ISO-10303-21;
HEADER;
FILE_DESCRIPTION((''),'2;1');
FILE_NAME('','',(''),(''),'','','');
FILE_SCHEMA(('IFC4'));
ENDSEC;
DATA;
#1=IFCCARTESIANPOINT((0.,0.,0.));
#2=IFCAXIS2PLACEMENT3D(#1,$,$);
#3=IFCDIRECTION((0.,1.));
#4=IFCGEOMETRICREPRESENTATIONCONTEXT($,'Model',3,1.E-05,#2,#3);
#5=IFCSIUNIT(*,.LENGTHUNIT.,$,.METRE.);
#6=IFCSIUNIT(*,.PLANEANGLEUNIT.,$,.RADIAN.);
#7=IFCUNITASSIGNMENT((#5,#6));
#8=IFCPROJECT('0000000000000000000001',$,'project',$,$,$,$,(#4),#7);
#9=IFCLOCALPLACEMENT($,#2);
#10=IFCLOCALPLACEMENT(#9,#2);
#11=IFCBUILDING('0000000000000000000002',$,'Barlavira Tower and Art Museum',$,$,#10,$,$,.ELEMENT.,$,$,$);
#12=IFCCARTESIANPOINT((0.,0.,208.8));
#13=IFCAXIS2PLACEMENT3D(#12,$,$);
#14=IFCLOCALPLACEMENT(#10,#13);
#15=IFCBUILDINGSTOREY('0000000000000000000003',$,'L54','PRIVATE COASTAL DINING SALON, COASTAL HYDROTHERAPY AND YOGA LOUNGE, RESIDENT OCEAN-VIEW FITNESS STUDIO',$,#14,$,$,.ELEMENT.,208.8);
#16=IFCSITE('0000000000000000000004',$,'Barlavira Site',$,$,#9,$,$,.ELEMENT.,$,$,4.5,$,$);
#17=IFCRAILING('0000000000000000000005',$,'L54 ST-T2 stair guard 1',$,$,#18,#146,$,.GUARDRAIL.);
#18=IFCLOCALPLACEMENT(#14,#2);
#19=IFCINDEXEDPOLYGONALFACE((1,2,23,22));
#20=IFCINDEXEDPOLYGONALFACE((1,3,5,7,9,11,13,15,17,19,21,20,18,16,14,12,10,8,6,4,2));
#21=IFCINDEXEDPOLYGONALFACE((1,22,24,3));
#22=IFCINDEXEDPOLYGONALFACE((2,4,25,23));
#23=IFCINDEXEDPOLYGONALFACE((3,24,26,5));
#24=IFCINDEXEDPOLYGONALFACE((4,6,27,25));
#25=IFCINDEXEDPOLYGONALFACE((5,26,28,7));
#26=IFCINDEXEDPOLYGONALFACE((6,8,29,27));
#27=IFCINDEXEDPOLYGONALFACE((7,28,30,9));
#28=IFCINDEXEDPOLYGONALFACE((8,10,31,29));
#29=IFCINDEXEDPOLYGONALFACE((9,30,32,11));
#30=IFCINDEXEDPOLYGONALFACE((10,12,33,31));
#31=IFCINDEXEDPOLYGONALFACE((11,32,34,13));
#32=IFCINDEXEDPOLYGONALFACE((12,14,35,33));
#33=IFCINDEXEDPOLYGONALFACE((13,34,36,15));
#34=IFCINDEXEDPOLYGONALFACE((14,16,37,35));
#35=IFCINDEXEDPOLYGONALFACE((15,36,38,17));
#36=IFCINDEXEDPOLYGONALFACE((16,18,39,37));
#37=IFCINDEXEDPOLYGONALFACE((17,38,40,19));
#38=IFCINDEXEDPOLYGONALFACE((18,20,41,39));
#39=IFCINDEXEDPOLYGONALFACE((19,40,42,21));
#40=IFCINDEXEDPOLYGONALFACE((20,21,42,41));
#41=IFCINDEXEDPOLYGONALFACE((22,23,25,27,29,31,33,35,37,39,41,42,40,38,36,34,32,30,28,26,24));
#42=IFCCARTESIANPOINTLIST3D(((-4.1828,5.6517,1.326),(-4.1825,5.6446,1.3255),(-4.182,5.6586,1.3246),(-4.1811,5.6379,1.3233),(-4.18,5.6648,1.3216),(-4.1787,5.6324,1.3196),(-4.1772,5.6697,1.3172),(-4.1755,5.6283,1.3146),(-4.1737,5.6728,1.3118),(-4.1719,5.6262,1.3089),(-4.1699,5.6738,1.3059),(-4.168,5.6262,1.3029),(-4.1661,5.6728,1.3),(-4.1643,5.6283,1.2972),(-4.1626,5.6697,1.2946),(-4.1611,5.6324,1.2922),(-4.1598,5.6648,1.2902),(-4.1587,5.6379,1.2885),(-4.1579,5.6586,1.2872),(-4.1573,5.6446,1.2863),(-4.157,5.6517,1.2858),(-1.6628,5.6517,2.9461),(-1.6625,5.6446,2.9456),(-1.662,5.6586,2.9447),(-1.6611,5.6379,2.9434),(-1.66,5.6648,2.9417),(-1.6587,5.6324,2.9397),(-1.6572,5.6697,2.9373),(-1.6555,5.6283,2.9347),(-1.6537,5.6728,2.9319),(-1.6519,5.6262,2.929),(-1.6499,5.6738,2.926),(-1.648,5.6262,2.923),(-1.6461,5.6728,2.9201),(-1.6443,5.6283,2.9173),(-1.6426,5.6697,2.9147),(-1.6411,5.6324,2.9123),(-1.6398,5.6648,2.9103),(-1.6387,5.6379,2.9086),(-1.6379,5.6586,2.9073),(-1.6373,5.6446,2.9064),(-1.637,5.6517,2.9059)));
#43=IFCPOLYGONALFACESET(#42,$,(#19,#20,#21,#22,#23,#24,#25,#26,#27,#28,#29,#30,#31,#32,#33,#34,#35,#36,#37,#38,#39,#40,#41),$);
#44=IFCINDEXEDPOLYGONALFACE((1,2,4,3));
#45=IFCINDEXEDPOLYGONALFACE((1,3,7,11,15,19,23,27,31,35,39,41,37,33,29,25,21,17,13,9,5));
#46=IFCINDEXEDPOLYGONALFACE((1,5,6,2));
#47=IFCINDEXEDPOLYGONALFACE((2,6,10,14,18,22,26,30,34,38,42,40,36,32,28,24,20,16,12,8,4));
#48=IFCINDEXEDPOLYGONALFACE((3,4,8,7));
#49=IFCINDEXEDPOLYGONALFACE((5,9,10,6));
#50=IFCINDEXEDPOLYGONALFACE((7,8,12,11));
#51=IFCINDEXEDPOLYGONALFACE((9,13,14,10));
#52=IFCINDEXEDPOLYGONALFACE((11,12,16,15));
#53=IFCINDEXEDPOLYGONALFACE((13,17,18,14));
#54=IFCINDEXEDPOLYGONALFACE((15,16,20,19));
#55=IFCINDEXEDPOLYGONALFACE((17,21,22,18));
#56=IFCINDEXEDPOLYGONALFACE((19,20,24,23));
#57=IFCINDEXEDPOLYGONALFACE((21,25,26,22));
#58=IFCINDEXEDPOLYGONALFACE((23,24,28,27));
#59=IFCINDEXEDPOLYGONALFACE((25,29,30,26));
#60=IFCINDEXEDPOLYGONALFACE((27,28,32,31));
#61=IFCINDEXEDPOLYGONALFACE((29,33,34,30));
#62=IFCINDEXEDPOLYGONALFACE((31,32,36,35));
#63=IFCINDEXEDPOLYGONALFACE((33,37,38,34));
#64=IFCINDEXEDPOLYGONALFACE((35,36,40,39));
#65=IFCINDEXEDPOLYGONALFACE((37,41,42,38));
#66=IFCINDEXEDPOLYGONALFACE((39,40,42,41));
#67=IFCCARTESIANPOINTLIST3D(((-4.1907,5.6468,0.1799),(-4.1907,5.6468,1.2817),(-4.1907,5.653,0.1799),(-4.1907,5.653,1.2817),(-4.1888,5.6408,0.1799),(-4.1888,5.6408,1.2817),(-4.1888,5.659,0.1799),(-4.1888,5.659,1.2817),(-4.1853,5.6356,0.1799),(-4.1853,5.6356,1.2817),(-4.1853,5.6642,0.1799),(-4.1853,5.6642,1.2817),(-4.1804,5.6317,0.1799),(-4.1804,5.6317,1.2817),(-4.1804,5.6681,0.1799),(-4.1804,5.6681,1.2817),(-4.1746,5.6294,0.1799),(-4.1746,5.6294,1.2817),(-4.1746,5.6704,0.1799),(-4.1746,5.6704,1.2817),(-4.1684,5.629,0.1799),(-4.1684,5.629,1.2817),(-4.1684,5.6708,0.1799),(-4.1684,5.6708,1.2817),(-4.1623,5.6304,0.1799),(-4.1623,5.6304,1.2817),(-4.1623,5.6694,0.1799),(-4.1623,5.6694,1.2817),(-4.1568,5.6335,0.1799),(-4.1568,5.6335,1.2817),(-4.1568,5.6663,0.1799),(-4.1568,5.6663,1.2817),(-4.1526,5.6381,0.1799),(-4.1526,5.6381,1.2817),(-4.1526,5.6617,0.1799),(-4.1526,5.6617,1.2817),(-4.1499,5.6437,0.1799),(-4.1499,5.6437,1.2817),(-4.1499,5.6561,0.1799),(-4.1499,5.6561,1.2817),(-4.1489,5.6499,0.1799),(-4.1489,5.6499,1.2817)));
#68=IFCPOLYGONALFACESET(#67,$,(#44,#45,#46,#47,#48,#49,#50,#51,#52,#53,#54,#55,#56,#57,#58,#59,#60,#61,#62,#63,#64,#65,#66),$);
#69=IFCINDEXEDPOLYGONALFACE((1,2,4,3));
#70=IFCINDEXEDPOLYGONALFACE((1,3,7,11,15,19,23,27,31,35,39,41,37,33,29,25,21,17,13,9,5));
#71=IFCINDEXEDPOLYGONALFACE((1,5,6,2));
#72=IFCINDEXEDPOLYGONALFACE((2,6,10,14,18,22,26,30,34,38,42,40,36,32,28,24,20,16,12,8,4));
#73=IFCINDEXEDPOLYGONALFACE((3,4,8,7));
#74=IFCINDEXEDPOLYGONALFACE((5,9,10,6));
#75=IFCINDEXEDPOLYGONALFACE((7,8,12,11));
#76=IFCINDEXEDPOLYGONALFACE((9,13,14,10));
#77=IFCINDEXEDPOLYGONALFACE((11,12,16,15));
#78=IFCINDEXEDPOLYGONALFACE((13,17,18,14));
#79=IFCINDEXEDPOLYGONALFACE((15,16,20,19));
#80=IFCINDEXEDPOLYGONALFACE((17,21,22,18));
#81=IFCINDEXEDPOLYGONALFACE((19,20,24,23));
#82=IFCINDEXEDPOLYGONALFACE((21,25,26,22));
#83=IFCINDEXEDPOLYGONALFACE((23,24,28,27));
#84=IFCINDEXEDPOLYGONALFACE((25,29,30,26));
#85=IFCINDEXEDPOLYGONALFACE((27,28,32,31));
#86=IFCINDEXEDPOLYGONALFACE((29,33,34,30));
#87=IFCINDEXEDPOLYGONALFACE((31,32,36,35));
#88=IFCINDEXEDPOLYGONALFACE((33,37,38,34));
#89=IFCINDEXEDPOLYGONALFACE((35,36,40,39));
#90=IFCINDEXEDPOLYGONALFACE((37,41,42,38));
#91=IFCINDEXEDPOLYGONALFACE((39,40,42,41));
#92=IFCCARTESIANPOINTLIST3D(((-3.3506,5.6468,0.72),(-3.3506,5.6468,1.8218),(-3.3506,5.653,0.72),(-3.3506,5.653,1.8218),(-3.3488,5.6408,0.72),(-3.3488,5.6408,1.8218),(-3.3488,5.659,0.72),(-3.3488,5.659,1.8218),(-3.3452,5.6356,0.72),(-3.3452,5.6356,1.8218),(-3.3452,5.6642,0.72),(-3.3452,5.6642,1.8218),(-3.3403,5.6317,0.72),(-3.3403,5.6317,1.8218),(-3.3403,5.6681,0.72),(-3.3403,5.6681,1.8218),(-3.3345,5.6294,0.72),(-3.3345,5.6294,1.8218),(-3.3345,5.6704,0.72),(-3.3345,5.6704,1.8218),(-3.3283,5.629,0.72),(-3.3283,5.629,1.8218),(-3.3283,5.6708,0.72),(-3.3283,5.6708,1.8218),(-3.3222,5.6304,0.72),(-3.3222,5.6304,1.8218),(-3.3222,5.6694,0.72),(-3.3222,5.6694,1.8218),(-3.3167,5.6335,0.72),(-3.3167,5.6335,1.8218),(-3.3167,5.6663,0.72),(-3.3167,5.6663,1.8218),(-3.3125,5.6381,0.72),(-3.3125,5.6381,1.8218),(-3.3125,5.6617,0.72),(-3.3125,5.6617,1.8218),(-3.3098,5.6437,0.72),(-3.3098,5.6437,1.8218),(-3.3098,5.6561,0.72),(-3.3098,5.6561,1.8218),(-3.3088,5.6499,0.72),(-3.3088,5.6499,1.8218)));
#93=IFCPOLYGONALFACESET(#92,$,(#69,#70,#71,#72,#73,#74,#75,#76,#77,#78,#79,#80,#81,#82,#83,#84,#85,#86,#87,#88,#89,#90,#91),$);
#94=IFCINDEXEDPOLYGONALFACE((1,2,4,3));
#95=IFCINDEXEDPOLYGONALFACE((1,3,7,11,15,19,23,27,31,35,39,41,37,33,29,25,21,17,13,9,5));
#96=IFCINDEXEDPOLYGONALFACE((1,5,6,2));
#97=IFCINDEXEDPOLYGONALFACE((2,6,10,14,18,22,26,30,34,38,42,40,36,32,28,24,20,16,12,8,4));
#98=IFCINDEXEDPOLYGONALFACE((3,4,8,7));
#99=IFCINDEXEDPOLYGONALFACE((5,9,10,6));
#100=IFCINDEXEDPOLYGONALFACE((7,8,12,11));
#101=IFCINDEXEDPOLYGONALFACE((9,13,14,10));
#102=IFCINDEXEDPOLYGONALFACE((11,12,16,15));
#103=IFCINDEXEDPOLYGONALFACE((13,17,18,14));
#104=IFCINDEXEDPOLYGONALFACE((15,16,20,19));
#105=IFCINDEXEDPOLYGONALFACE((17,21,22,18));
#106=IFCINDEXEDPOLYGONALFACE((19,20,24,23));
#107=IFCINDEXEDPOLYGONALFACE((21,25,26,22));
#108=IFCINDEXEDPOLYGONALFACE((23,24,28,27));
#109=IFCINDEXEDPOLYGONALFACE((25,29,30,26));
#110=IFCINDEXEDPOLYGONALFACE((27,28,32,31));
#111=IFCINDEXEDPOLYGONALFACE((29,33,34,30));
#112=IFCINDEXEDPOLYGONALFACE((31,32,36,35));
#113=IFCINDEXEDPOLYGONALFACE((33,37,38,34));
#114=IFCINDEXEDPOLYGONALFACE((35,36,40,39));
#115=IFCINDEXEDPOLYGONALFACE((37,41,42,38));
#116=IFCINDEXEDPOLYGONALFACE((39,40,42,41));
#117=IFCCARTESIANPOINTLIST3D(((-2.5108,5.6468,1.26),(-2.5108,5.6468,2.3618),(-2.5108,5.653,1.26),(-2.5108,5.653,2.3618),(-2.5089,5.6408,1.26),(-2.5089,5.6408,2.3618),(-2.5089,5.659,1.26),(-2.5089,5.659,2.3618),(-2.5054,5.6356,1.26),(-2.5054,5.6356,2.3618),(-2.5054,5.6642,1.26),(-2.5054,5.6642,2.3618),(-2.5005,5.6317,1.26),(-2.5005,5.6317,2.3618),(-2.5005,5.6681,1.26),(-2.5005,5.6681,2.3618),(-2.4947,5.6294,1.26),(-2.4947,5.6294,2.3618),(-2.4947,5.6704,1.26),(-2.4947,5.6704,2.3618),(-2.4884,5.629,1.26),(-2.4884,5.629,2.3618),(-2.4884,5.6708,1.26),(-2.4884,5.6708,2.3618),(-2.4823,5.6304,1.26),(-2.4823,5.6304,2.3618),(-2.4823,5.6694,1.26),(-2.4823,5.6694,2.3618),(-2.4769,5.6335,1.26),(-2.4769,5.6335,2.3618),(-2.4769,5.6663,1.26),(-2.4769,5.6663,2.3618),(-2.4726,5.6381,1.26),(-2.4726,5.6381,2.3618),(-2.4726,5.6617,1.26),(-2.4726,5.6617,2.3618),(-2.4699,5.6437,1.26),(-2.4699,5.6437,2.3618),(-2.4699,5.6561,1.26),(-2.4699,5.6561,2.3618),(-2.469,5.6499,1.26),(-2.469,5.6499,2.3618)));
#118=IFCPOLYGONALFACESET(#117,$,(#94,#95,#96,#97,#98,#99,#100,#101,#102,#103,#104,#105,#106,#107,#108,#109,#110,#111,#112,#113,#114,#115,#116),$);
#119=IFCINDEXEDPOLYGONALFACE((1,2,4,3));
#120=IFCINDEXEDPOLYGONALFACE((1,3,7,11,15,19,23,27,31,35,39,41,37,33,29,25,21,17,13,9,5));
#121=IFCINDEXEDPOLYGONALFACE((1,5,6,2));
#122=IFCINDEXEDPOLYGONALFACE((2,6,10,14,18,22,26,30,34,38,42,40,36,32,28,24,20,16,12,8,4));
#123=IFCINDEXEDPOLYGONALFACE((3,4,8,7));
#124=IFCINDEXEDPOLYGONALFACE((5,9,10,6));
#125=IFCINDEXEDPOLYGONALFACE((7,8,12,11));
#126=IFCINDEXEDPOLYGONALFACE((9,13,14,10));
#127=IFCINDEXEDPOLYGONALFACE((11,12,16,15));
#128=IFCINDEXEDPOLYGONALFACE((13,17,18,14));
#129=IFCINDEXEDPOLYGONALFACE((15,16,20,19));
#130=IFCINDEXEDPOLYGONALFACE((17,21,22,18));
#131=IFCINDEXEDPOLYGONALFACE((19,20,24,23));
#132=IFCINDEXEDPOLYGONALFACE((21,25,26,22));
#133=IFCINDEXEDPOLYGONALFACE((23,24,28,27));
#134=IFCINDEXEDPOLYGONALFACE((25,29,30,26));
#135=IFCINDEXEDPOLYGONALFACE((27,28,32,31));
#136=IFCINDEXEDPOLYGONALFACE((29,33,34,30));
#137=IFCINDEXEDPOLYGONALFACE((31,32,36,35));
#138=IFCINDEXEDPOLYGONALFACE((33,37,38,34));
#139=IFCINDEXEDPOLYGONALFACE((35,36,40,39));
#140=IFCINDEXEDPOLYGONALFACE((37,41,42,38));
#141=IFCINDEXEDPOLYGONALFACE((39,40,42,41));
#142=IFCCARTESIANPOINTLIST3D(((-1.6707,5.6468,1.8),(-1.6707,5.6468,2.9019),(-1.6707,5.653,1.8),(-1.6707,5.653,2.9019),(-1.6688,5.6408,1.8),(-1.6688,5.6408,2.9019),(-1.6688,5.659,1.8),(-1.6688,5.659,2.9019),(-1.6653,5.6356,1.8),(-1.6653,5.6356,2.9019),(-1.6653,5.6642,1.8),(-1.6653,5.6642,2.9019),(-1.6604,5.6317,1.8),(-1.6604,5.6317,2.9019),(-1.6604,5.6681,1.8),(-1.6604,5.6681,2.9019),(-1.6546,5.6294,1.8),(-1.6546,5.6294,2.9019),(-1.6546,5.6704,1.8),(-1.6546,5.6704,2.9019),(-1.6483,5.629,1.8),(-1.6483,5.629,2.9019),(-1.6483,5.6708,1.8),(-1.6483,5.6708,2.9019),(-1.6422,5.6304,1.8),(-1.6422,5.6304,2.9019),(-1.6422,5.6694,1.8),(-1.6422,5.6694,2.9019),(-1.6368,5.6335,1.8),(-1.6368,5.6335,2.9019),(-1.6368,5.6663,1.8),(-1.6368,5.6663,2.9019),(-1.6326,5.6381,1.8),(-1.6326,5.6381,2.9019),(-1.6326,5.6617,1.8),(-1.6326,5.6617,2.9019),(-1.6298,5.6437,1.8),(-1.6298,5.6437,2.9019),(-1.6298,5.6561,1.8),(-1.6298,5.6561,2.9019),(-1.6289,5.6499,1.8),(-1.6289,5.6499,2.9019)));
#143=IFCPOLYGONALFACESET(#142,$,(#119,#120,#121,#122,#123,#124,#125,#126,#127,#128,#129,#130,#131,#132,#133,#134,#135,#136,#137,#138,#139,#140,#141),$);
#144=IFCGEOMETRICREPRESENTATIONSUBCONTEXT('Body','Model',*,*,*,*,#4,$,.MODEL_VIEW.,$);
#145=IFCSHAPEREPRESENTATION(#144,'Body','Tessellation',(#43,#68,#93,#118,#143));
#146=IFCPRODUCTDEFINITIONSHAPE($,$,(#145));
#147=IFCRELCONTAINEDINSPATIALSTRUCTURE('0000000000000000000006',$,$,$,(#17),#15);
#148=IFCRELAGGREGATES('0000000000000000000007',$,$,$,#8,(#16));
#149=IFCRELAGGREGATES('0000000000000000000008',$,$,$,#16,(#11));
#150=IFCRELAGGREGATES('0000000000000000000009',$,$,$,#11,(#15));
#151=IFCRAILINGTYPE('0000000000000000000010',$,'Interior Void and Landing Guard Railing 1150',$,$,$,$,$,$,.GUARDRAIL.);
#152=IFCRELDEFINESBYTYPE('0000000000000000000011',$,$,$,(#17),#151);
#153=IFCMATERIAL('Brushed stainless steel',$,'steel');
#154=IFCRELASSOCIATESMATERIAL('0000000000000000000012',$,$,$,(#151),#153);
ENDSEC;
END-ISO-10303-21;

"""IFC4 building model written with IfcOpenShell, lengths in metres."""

from ifc_helpers import new_model, si_unit, direction, frame, origin, origin_2d, place, context, subcontext, project, spatial, circle, extrude, material, type_object, element, save


model = new_model("IFC4")

# Units and contexts
model_context = context("Model", 3, precision=1e-05, world=origin(), true_north=direction((0.0, 1.0)))
body_context = subcontext(model_context, "Body", "Model", "MODEL_VIEW")
ifc_project = project(units=[si_unit("LENGTHUNIT", "METRE"), si_unit("PLANEANGLEUNIT", "RADIAN")], contexts=[model_context])

# Site, building, storey
site_placement = place(None, origin())
site = spatial("IfcSite", under=ifc_project, at=site_placement, Name="Barlavira Site", CompositionType="ELEMENT", RefElevation=4.5)
building_placement = place(site_placement, origin())
building = spatial("IfcBuilding", under=site, at=building_placement, Name="Barlavira Tower and Art Museum", CompositionType="ELEMENT")
storey_placement = place(building_placement, frame((0.0, 0.0, 208.8)))
storey = spatial("IfcBuildingStorey", under=building, at=storey_placement, Name="L54", Description="PRIVATE COASTAL DINING SALON, COASTAL HYDROTHERAPY AND YOGA LOUNGE, RESIDENT OCEAN-VIEW FITNESS STUDIO", CompositionType="ELEMENT", Elevation=208.8)

# Shared definitions
ifc_material_1 = material(Name="Brushed stainless steel", Category="steel")

# Railing
railing_type_1 = type_object("IfcRailingType", Name="Interior Void and Landing Guard Railing 1150", PredefinedType="GUARDRAIL", material=ifc_material_1)
railing_1_placement = place(storey_placement, frame((-4.1699, 5.6499, 0.1799)))
element("IfcRailing", 1, at=railing_1_placement, inside=storey, type_object=railing_type_1, Name="L54 ST-T2 stair guard 1", PredefinedType="GUARDRAIL", context=body_context, shape_type="SweptSolid", body=[
    extrude(circle(Radius=0.0239, at=origin_2d()), frame((0.0, 0.0, 1.126), z_axis=(0.841163, 0.0, 0.540782), x_axis=(0.0, 1.0, 0.0)), (0.0, 0.0, 1.0), 2.9958),
    extrude(circle(Radius=0.021, at=origin_2d()), origin(), (0.0, 0.0, 1.0), 1.1018),
    extrude(circle(Radius=0.021, at=origin_2d()), frame((0.8401, 0.0, 0.54)), (0.0, 0.0, 1.0), 1.1018),
    extrude(circle(Radius=0.021, at=origin_2d()), frame((1.6799, 0.0, 1.0801)), (0.0, 0.0, 1.0), 1.1018),
    extrude(circle(Radius=0.021, at=origin_2d()), frame((2.52, 0.0, 1.6201)), (0.0, 0.0, 1.0), 1.1018),
])

save(model, "model.ifc")
